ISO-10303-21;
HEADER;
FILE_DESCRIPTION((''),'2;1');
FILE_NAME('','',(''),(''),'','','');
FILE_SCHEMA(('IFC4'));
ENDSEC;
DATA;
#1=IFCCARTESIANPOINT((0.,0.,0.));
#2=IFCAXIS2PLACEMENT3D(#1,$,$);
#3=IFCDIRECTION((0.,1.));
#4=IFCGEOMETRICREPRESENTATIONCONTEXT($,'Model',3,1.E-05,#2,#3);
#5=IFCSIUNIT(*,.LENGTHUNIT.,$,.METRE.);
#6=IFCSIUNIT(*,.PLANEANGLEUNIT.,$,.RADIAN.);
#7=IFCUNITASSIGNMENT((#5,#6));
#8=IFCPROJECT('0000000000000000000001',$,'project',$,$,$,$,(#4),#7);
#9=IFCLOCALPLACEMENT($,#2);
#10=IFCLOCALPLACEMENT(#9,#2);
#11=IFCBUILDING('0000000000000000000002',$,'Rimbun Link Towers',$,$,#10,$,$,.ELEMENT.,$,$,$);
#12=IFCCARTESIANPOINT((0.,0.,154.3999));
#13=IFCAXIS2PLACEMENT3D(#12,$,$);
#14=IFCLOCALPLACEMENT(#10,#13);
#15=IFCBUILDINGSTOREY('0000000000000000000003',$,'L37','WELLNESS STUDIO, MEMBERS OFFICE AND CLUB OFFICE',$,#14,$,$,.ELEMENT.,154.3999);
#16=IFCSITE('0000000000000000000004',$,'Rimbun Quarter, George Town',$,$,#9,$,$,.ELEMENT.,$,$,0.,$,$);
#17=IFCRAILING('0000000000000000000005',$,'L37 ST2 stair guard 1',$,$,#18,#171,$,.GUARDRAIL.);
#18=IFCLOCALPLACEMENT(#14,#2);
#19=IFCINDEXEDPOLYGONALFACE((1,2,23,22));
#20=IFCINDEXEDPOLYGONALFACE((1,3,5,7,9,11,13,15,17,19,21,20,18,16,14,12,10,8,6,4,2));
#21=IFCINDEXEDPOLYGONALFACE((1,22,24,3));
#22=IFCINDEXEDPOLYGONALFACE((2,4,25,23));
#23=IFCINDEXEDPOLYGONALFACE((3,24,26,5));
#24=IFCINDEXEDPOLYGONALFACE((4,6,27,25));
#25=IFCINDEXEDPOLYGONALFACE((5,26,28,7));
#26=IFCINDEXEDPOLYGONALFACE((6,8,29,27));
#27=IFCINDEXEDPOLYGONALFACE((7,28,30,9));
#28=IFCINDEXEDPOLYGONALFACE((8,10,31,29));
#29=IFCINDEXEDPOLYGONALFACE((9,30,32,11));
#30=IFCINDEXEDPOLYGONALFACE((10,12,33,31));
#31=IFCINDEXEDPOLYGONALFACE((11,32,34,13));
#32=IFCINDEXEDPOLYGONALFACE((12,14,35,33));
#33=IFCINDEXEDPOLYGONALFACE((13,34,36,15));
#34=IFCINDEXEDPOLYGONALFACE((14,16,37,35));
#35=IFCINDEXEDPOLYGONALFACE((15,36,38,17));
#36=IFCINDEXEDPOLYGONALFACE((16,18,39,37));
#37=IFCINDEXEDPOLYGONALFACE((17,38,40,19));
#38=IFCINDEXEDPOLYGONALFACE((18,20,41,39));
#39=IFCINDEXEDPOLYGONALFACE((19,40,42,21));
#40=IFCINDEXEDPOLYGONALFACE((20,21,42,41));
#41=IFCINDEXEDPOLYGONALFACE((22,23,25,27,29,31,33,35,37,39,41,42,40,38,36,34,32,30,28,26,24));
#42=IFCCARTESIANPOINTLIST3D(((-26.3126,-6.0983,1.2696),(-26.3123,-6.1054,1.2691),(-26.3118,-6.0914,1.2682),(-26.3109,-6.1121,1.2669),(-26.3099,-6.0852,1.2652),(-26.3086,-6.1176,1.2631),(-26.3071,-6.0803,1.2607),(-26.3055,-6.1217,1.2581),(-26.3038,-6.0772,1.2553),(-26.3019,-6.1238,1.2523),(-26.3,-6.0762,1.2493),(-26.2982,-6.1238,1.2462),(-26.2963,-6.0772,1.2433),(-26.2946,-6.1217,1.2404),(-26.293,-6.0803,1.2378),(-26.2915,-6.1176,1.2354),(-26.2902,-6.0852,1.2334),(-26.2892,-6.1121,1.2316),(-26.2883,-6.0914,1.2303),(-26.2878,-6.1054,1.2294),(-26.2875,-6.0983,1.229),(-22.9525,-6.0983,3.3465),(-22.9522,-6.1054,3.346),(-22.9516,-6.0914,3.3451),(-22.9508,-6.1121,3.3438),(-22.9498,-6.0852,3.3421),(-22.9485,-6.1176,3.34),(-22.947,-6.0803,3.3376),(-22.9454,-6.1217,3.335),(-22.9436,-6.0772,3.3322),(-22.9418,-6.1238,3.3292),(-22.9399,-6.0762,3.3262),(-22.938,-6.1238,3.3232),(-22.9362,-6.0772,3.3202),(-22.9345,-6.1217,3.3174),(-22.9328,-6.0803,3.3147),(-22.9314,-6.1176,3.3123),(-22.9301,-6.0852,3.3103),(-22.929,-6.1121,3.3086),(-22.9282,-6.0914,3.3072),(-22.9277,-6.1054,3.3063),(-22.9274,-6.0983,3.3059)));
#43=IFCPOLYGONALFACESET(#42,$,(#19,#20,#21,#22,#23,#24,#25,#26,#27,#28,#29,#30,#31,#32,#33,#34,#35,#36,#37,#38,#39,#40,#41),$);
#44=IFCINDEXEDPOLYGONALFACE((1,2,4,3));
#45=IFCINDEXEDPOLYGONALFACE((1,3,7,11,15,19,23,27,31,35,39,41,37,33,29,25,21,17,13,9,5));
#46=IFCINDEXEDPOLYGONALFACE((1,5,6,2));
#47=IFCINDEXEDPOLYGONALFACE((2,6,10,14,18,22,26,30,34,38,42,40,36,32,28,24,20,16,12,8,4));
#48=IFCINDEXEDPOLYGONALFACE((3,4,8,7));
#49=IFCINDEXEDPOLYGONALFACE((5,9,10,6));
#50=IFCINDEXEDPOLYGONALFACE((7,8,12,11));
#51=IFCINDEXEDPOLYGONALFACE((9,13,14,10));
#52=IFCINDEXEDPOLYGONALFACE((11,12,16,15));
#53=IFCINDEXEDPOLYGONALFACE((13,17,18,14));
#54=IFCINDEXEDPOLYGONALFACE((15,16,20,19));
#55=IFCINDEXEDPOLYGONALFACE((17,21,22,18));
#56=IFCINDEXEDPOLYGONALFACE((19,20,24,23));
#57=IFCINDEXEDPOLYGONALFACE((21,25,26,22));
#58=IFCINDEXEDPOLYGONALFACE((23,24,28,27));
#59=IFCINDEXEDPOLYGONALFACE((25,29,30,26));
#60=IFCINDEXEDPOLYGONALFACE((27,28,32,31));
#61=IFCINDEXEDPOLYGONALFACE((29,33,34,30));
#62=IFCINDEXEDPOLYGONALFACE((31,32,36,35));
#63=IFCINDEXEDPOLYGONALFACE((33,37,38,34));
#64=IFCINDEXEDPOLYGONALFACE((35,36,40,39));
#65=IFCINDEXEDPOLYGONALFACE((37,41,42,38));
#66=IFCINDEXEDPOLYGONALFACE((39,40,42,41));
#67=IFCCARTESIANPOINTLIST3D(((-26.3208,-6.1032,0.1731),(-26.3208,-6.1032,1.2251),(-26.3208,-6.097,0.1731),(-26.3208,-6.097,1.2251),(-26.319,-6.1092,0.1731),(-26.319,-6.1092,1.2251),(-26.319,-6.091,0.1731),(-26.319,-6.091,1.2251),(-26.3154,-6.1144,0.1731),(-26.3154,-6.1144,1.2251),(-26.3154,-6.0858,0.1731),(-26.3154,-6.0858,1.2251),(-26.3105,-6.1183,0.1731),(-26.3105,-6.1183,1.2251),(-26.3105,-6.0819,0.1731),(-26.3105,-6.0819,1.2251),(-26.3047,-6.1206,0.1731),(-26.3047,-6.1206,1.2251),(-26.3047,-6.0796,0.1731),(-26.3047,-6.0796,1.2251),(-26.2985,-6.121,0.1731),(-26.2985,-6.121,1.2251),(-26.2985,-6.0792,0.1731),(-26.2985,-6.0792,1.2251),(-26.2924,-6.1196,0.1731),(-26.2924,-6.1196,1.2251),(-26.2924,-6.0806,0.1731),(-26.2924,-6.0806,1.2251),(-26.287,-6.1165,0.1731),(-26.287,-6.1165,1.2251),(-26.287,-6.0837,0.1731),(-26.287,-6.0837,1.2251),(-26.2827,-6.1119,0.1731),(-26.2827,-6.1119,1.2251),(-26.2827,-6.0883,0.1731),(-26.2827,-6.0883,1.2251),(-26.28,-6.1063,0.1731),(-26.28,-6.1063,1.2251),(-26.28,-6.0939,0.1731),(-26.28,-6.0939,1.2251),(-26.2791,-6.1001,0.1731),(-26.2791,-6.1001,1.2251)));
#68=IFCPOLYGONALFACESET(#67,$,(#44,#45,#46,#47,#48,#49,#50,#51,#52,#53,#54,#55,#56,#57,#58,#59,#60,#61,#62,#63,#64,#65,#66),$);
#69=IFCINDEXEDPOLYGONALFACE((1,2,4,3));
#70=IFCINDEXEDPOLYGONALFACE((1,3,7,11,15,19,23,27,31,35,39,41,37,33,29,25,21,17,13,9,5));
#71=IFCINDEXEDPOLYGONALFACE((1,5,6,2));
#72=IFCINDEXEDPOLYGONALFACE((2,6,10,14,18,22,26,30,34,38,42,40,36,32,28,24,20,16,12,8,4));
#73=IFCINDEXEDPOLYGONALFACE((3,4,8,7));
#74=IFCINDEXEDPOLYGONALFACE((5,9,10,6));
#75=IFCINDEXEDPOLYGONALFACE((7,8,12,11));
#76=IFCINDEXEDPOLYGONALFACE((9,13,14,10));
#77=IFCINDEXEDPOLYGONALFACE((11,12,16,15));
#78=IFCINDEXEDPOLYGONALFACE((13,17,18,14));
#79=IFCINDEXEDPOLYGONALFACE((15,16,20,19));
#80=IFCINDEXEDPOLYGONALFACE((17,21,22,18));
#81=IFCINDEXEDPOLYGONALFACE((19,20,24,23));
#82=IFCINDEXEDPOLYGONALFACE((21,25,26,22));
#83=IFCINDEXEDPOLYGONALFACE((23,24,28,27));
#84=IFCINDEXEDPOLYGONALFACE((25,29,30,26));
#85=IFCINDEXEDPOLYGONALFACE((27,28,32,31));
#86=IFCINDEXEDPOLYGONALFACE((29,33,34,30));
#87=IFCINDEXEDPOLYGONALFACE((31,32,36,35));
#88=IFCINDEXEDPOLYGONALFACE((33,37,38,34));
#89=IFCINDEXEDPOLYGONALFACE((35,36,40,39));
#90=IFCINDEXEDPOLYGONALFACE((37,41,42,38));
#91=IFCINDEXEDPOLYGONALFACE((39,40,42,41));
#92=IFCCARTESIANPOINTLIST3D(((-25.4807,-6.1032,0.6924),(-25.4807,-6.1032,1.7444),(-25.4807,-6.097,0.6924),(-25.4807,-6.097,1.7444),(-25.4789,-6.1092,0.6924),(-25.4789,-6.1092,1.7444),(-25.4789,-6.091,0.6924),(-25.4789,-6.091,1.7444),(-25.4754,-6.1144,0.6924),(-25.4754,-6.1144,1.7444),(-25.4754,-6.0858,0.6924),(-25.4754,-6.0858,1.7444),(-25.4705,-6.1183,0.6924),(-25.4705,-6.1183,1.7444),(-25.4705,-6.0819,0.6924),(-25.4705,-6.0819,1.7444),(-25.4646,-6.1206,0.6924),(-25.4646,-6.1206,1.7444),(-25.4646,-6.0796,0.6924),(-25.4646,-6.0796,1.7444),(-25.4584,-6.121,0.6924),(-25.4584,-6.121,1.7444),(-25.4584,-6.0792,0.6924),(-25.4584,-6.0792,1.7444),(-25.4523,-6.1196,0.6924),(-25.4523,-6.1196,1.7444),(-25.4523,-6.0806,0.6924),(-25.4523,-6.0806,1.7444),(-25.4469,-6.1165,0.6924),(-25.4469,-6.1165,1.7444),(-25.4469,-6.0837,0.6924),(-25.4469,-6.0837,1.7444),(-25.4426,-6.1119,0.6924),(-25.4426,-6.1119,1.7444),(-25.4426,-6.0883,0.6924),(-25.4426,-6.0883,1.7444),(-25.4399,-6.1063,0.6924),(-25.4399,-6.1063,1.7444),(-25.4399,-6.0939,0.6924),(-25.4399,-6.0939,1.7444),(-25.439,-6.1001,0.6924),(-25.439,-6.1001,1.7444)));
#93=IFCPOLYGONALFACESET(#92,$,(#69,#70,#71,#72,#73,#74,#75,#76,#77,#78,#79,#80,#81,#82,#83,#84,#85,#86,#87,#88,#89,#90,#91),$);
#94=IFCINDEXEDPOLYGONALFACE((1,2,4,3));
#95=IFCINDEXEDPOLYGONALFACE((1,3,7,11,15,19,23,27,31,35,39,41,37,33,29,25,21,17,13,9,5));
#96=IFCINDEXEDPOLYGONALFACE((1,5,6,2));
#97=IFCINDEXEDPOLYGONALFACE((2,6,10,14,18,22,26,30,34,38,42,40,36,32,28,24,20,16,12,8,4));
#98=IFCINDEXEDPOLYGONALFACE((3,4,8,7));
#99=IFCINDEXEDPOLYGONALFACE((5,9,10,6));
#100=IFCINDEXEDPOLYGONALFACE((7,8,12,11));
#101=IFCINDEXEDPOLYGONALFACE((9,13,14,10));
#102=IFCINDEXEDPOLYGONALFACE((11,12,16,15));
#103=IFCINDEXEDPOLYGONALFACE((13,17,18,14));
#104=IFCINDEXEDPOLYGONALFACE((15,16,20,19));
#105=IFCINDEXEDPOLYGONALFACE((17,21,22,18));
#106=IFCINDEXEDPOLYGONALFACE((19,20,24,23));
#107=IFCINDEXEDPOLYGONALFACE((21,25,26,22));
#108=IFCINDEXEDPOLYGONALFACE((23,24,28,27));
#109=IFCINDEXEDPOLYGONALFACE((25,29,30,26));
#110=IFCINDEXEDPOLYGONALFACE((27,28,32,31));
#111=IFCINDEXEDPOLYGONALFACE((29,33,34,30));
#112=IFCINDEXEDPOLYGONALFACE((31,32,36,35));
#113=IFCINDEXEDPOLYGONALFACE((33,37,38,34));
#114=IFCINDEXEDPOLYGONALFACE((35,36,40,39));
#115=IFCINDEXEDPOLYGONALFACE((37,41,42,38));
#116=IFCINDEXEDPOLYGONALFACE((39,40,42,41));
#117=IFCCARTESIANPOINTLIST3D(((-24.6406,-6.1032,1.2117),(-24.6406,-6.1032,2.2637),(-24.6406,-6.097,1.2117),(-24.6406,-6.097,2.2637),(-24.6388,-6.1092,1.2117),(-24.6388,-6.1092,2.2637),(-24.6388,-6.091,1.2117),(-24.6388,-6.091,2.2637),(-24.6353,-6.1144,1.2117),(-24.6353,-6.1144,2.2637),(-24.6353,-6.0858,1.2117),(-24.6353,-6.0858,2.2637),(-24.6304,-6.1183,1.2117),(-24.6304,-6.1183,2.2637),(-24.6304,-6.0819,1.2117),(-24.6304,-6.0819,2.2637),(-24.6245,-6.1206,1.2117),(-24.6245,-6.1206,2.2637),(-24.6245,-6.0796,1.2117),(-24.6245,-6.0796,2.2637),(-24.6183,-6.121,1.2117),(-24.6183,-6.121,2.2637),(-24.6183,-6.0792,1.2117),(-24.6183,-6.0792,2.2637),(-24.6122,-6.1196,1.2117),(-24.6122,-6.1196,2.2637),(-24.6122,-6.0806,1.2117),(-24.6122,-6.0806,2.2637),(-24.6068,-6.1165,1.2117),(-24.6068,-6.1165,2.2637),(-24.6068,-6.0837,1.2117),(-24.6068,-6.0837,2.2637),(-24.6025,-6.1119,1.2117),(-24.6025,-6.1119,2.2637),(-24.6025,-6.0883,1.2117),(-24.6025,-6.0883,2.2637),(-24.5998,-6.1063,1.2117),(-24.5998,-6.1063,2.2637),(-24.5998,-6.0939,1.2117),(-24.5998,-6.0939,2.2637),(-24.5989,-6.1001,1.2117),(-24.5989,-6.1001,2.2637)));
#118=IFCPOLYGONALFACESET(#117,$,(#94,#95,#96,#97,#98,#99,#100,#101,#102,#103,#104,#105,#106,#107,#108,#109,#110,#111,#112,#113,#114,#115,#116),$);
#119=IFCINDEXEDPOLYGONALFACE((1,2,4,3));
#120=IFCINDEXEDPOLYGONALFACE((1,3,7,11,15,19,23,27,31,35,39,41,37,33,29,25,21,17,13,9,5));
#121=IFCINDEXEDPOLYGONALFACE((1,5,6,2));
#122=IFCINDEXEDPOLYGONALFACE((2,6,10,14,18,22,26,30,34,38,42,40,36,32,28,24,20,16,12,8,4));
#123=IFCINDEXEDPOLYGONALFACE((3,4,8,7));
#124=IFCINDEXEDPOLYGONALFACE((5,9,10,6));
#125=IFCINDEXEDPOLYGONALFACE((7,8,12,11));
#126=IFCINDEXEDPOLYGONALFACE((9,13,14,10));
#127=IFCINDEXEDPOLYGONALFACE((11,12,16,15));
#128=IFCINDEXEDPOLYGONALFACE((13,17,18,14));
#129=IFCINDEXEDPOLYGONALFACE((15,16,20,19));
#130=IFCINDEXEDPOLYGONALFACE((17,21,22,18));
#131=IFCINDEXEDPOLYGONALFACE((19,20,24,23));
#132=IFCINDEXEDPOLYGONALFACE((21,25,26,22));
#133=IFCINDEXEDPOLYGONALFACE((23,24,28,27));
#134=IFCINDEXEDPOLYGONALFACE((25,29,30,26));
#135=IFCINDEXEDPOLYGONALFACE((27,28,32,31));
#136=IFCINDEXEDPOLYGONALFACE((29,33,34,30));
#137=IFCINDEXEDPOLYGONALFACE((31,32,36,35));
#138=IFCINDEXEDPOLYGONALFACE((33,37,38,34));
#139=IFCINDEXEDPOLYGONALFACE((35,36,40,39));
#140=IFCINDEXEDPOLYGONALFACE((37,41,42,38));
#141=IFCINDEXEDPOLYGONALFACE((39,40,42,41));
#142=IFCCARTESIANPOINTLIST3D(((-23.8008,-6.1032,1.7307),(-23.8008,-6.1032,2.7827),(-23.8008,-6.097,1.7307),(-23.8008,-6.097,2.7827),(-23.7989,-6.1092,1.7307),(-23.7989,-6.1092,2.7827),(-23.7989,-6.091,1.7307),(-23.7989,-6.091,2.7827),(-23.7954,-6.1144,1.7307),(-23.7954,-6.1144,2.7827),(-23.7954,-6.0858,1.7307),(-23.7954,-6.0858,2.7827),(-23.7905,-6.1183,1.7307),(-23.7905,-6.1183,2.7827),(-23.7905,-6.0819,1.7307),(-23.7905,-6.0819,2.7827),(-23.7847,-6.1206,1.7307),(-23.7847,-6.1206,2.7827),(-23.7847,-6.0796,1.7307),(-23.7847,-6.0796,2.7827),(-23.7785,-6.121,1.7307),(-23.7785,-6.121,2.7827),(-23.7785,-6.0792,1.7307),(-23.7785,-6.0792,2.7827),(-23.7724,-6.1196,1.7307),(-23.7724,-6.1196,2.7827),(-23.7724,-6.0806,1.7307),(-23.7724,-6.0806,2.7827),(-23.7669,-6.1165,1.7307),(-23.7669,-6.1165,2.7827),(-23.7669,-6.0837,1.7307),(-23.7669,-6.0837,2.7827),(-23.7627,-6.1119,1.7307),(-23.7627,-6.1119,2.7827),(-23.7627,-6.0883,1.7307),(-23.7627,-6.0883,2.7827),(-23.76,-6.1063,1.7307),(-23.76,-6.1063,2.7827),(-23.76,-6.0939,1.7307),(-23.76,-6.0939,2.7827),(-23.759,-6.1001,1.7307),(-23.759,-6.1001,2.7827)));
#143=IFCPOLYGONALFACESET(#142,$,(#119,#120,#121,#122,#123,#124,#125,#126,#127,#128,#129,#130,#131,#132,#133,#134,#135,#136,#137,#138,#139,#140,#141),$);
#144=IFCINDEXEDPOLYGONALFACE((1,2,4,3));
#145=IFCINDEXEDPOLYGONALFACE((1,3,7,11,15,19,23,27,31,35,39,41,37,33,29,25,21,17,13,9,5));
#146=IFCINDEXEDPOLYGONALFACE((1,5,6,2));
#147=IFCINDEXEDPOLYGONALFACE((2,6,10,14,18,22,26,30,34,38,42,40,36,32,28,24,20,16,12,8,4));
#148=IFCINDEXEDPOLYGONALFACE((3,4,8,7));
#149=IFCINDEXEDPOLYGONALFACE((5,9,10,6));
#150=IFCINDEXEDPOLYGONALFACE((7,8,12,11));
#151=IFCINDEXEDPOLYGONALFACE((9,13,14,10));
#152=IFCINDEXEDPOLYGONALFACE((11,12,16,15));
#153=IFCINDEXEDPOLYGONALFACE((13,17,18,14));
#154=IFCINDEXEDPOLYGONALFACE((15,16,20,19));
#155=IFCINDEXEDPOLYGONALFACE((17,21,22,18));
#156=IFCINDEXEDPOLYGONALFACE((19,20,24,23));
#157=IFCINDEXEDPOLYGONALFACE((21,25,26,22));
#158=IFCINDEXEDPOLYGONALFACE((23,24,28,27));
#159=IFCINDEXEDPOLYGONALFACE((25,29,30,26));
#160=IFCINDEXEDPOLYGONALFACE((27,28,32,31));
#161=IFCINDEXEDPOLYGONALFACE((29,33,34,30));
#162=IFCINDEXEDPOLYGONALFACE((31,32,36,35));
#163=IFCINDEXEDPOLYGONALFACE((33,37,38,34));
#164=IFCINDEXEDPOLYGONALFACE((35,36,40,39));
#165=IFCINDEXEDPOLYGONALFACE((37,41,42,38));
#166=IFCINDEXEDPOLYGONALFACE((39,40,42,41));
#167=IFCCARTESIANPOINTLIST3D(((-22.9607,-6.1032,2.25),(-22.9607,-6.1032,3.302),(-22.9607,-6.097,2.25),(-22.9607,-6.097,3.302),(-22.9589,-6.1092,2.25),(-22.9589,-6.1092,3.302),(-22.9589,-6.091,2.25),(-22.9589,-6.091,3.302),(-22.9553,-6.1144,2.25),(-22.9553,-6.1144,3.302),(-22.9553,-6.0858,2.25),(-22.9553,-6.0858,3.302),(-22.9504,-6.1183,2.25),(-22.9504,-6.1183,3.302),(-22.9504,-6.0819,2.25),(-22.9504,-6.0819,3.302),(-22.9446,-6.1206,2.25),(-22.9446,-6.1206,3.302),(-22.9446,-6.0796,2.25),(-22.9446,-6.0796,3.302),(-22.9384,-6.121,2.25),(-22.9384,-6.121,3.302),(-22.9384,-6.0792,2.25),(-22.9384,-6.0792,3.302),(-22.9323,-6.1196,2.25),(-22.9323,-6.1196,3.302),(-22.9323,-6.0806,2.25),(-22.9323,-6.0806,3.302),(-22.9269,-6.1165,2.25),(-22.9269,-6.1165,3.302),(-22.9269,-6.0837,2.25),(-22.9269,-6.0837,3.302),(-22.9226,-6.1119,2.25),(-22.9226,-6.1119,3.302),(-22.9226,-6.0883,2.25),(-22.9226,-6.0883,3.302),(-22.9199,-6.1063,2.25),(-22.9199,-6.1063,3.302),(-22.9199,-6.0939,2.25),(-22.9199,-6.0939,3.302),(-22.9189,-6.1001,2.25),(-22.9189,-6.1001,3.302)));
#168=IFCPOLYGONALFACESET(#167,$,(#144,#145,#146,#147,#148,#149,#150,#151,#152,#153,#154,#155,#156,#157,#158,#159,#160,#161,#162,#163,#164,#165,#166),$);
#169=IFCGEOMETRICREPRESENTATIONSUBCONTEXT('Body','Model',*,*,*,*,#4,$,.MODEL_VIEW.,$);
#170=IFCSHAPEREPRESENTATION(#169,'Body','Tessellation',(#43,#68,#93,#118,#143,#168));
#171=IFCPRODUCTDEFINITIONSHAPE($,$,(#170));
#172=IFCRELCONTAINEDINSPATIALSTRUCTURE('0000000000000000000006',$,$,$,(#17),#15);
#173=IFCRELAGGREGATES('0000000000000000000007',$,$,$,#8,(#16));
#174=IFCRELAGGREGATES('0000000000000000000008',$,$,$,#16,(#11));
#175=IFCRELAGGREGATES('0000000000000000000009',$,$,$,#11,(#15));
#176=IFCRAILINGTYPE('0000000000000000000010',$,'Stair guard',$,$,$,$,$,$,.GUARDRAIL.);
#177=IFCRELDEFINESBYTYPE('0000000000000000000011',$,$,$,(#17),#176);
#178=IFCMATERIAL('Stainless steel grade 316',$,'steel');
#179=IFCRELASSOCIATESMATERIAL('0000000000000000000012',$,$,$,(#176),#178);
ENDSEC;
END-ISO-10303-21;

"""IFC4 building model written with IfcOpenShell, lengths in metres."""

from ifc_helpers import new_model, si_unit, direction, frame, origin, origin_2d, place, context, subcontext, project, spatial, circle, extrude, material, type_object, element, save


model = new_model("IFC4")

# Units and contexts
model_context = context("Model", 3, precision=1e-05, world=origin(), true_north=direction((0.0, 1.0)))
body_context = subcontext(model_context, "Body", "Model", "MODEL_VIEW")
ifc_project = project(units=[si_unit("LENGTHUNIT", "METRE"), si_unit("PLANEANGLEUNIT", "RADIAN")], contexts=[model_context])

# Site, building, storey
site_placement = place(None, origin())
site = spatial("IfcSite", under=ifc_project, at=site_placement, Name="Rimbun Quarter, George Town", CompositionType="ELEMENT", RefElevation=0.0)
building_placement = place(site_placement, origin())
building = spatial("IfcBuilding", under=site, at=building_placement, Name="Rimbun Link Towers", CompositionType="ELEMENT")
storey_placement = place(building_placement, frame((0.0, 0.0, 154.3999)))
storey = spatial("IfcBuildingStorey", under=building, at=storey_placement, Name="L37", Description="WELLNESS STUDIO, MEMBERS OFFICE AND CLUB OFFICE", CompositionType="ELEMENT", Elevation=154.3999)

# Railing
ifc_material_1 = material(Name="Stainless steel grade 316", Category="steel")
railing_type_1 = type_object("IfcRailingType", Name="Stair guard", PredefinedType="GUARDRAIL", material=ifc_material_1)
railing_1_placement = place(storey_placement, frame((-26.3, -6.1001, 0.1731)))
element("IfcRailing", 1, at=railing_1_placement, inside=storey, type_object=railing_type_1, Name="L37 ST2 stair guard 1", PredefinedType="GUARDRAIL", context=body_context, shape_type="SweptSolid", body=[
    extrude(circle(Radius=0.0239, at=origin_2d()), frame((0.0, 0.0, 1.0762), z_axis=(0.850623, 0.0, 0.525776), x_axis=(0.0, 1.0, 0.0)), (0.0, 0.0, 1.0), 3.9502),
    extrude(circle(Radius=0.021, at=origin_2d()), origin(), (0.0, 0.0, 1.0), 1.052),
    extrude(circle(Radius=0.021, at=origin_2d()), frame((0.8401, 0.0, 0.5193)), (0.0, 0.0, 1.0), 1.052),
    extrude(circle(Radius=0.021, at=origin_2d()), frame((1.6802, 0.0, 1.0386)), (0.0, 0.0, 1.0), 1.052),
    extrude(circle(Radius=0.021, at=origin_2d()), frame((2.52, 0.0, 1.5576)), (0.0, 0.0, 1.0), 1.052),
    extrude(circle(Radius=0.021, at=origin_2d()), frame((3.3601, 0.0, 2.0769)), (0.0, 0.0, 1.0), 1.052),
])

save(model, "model.ifc")
